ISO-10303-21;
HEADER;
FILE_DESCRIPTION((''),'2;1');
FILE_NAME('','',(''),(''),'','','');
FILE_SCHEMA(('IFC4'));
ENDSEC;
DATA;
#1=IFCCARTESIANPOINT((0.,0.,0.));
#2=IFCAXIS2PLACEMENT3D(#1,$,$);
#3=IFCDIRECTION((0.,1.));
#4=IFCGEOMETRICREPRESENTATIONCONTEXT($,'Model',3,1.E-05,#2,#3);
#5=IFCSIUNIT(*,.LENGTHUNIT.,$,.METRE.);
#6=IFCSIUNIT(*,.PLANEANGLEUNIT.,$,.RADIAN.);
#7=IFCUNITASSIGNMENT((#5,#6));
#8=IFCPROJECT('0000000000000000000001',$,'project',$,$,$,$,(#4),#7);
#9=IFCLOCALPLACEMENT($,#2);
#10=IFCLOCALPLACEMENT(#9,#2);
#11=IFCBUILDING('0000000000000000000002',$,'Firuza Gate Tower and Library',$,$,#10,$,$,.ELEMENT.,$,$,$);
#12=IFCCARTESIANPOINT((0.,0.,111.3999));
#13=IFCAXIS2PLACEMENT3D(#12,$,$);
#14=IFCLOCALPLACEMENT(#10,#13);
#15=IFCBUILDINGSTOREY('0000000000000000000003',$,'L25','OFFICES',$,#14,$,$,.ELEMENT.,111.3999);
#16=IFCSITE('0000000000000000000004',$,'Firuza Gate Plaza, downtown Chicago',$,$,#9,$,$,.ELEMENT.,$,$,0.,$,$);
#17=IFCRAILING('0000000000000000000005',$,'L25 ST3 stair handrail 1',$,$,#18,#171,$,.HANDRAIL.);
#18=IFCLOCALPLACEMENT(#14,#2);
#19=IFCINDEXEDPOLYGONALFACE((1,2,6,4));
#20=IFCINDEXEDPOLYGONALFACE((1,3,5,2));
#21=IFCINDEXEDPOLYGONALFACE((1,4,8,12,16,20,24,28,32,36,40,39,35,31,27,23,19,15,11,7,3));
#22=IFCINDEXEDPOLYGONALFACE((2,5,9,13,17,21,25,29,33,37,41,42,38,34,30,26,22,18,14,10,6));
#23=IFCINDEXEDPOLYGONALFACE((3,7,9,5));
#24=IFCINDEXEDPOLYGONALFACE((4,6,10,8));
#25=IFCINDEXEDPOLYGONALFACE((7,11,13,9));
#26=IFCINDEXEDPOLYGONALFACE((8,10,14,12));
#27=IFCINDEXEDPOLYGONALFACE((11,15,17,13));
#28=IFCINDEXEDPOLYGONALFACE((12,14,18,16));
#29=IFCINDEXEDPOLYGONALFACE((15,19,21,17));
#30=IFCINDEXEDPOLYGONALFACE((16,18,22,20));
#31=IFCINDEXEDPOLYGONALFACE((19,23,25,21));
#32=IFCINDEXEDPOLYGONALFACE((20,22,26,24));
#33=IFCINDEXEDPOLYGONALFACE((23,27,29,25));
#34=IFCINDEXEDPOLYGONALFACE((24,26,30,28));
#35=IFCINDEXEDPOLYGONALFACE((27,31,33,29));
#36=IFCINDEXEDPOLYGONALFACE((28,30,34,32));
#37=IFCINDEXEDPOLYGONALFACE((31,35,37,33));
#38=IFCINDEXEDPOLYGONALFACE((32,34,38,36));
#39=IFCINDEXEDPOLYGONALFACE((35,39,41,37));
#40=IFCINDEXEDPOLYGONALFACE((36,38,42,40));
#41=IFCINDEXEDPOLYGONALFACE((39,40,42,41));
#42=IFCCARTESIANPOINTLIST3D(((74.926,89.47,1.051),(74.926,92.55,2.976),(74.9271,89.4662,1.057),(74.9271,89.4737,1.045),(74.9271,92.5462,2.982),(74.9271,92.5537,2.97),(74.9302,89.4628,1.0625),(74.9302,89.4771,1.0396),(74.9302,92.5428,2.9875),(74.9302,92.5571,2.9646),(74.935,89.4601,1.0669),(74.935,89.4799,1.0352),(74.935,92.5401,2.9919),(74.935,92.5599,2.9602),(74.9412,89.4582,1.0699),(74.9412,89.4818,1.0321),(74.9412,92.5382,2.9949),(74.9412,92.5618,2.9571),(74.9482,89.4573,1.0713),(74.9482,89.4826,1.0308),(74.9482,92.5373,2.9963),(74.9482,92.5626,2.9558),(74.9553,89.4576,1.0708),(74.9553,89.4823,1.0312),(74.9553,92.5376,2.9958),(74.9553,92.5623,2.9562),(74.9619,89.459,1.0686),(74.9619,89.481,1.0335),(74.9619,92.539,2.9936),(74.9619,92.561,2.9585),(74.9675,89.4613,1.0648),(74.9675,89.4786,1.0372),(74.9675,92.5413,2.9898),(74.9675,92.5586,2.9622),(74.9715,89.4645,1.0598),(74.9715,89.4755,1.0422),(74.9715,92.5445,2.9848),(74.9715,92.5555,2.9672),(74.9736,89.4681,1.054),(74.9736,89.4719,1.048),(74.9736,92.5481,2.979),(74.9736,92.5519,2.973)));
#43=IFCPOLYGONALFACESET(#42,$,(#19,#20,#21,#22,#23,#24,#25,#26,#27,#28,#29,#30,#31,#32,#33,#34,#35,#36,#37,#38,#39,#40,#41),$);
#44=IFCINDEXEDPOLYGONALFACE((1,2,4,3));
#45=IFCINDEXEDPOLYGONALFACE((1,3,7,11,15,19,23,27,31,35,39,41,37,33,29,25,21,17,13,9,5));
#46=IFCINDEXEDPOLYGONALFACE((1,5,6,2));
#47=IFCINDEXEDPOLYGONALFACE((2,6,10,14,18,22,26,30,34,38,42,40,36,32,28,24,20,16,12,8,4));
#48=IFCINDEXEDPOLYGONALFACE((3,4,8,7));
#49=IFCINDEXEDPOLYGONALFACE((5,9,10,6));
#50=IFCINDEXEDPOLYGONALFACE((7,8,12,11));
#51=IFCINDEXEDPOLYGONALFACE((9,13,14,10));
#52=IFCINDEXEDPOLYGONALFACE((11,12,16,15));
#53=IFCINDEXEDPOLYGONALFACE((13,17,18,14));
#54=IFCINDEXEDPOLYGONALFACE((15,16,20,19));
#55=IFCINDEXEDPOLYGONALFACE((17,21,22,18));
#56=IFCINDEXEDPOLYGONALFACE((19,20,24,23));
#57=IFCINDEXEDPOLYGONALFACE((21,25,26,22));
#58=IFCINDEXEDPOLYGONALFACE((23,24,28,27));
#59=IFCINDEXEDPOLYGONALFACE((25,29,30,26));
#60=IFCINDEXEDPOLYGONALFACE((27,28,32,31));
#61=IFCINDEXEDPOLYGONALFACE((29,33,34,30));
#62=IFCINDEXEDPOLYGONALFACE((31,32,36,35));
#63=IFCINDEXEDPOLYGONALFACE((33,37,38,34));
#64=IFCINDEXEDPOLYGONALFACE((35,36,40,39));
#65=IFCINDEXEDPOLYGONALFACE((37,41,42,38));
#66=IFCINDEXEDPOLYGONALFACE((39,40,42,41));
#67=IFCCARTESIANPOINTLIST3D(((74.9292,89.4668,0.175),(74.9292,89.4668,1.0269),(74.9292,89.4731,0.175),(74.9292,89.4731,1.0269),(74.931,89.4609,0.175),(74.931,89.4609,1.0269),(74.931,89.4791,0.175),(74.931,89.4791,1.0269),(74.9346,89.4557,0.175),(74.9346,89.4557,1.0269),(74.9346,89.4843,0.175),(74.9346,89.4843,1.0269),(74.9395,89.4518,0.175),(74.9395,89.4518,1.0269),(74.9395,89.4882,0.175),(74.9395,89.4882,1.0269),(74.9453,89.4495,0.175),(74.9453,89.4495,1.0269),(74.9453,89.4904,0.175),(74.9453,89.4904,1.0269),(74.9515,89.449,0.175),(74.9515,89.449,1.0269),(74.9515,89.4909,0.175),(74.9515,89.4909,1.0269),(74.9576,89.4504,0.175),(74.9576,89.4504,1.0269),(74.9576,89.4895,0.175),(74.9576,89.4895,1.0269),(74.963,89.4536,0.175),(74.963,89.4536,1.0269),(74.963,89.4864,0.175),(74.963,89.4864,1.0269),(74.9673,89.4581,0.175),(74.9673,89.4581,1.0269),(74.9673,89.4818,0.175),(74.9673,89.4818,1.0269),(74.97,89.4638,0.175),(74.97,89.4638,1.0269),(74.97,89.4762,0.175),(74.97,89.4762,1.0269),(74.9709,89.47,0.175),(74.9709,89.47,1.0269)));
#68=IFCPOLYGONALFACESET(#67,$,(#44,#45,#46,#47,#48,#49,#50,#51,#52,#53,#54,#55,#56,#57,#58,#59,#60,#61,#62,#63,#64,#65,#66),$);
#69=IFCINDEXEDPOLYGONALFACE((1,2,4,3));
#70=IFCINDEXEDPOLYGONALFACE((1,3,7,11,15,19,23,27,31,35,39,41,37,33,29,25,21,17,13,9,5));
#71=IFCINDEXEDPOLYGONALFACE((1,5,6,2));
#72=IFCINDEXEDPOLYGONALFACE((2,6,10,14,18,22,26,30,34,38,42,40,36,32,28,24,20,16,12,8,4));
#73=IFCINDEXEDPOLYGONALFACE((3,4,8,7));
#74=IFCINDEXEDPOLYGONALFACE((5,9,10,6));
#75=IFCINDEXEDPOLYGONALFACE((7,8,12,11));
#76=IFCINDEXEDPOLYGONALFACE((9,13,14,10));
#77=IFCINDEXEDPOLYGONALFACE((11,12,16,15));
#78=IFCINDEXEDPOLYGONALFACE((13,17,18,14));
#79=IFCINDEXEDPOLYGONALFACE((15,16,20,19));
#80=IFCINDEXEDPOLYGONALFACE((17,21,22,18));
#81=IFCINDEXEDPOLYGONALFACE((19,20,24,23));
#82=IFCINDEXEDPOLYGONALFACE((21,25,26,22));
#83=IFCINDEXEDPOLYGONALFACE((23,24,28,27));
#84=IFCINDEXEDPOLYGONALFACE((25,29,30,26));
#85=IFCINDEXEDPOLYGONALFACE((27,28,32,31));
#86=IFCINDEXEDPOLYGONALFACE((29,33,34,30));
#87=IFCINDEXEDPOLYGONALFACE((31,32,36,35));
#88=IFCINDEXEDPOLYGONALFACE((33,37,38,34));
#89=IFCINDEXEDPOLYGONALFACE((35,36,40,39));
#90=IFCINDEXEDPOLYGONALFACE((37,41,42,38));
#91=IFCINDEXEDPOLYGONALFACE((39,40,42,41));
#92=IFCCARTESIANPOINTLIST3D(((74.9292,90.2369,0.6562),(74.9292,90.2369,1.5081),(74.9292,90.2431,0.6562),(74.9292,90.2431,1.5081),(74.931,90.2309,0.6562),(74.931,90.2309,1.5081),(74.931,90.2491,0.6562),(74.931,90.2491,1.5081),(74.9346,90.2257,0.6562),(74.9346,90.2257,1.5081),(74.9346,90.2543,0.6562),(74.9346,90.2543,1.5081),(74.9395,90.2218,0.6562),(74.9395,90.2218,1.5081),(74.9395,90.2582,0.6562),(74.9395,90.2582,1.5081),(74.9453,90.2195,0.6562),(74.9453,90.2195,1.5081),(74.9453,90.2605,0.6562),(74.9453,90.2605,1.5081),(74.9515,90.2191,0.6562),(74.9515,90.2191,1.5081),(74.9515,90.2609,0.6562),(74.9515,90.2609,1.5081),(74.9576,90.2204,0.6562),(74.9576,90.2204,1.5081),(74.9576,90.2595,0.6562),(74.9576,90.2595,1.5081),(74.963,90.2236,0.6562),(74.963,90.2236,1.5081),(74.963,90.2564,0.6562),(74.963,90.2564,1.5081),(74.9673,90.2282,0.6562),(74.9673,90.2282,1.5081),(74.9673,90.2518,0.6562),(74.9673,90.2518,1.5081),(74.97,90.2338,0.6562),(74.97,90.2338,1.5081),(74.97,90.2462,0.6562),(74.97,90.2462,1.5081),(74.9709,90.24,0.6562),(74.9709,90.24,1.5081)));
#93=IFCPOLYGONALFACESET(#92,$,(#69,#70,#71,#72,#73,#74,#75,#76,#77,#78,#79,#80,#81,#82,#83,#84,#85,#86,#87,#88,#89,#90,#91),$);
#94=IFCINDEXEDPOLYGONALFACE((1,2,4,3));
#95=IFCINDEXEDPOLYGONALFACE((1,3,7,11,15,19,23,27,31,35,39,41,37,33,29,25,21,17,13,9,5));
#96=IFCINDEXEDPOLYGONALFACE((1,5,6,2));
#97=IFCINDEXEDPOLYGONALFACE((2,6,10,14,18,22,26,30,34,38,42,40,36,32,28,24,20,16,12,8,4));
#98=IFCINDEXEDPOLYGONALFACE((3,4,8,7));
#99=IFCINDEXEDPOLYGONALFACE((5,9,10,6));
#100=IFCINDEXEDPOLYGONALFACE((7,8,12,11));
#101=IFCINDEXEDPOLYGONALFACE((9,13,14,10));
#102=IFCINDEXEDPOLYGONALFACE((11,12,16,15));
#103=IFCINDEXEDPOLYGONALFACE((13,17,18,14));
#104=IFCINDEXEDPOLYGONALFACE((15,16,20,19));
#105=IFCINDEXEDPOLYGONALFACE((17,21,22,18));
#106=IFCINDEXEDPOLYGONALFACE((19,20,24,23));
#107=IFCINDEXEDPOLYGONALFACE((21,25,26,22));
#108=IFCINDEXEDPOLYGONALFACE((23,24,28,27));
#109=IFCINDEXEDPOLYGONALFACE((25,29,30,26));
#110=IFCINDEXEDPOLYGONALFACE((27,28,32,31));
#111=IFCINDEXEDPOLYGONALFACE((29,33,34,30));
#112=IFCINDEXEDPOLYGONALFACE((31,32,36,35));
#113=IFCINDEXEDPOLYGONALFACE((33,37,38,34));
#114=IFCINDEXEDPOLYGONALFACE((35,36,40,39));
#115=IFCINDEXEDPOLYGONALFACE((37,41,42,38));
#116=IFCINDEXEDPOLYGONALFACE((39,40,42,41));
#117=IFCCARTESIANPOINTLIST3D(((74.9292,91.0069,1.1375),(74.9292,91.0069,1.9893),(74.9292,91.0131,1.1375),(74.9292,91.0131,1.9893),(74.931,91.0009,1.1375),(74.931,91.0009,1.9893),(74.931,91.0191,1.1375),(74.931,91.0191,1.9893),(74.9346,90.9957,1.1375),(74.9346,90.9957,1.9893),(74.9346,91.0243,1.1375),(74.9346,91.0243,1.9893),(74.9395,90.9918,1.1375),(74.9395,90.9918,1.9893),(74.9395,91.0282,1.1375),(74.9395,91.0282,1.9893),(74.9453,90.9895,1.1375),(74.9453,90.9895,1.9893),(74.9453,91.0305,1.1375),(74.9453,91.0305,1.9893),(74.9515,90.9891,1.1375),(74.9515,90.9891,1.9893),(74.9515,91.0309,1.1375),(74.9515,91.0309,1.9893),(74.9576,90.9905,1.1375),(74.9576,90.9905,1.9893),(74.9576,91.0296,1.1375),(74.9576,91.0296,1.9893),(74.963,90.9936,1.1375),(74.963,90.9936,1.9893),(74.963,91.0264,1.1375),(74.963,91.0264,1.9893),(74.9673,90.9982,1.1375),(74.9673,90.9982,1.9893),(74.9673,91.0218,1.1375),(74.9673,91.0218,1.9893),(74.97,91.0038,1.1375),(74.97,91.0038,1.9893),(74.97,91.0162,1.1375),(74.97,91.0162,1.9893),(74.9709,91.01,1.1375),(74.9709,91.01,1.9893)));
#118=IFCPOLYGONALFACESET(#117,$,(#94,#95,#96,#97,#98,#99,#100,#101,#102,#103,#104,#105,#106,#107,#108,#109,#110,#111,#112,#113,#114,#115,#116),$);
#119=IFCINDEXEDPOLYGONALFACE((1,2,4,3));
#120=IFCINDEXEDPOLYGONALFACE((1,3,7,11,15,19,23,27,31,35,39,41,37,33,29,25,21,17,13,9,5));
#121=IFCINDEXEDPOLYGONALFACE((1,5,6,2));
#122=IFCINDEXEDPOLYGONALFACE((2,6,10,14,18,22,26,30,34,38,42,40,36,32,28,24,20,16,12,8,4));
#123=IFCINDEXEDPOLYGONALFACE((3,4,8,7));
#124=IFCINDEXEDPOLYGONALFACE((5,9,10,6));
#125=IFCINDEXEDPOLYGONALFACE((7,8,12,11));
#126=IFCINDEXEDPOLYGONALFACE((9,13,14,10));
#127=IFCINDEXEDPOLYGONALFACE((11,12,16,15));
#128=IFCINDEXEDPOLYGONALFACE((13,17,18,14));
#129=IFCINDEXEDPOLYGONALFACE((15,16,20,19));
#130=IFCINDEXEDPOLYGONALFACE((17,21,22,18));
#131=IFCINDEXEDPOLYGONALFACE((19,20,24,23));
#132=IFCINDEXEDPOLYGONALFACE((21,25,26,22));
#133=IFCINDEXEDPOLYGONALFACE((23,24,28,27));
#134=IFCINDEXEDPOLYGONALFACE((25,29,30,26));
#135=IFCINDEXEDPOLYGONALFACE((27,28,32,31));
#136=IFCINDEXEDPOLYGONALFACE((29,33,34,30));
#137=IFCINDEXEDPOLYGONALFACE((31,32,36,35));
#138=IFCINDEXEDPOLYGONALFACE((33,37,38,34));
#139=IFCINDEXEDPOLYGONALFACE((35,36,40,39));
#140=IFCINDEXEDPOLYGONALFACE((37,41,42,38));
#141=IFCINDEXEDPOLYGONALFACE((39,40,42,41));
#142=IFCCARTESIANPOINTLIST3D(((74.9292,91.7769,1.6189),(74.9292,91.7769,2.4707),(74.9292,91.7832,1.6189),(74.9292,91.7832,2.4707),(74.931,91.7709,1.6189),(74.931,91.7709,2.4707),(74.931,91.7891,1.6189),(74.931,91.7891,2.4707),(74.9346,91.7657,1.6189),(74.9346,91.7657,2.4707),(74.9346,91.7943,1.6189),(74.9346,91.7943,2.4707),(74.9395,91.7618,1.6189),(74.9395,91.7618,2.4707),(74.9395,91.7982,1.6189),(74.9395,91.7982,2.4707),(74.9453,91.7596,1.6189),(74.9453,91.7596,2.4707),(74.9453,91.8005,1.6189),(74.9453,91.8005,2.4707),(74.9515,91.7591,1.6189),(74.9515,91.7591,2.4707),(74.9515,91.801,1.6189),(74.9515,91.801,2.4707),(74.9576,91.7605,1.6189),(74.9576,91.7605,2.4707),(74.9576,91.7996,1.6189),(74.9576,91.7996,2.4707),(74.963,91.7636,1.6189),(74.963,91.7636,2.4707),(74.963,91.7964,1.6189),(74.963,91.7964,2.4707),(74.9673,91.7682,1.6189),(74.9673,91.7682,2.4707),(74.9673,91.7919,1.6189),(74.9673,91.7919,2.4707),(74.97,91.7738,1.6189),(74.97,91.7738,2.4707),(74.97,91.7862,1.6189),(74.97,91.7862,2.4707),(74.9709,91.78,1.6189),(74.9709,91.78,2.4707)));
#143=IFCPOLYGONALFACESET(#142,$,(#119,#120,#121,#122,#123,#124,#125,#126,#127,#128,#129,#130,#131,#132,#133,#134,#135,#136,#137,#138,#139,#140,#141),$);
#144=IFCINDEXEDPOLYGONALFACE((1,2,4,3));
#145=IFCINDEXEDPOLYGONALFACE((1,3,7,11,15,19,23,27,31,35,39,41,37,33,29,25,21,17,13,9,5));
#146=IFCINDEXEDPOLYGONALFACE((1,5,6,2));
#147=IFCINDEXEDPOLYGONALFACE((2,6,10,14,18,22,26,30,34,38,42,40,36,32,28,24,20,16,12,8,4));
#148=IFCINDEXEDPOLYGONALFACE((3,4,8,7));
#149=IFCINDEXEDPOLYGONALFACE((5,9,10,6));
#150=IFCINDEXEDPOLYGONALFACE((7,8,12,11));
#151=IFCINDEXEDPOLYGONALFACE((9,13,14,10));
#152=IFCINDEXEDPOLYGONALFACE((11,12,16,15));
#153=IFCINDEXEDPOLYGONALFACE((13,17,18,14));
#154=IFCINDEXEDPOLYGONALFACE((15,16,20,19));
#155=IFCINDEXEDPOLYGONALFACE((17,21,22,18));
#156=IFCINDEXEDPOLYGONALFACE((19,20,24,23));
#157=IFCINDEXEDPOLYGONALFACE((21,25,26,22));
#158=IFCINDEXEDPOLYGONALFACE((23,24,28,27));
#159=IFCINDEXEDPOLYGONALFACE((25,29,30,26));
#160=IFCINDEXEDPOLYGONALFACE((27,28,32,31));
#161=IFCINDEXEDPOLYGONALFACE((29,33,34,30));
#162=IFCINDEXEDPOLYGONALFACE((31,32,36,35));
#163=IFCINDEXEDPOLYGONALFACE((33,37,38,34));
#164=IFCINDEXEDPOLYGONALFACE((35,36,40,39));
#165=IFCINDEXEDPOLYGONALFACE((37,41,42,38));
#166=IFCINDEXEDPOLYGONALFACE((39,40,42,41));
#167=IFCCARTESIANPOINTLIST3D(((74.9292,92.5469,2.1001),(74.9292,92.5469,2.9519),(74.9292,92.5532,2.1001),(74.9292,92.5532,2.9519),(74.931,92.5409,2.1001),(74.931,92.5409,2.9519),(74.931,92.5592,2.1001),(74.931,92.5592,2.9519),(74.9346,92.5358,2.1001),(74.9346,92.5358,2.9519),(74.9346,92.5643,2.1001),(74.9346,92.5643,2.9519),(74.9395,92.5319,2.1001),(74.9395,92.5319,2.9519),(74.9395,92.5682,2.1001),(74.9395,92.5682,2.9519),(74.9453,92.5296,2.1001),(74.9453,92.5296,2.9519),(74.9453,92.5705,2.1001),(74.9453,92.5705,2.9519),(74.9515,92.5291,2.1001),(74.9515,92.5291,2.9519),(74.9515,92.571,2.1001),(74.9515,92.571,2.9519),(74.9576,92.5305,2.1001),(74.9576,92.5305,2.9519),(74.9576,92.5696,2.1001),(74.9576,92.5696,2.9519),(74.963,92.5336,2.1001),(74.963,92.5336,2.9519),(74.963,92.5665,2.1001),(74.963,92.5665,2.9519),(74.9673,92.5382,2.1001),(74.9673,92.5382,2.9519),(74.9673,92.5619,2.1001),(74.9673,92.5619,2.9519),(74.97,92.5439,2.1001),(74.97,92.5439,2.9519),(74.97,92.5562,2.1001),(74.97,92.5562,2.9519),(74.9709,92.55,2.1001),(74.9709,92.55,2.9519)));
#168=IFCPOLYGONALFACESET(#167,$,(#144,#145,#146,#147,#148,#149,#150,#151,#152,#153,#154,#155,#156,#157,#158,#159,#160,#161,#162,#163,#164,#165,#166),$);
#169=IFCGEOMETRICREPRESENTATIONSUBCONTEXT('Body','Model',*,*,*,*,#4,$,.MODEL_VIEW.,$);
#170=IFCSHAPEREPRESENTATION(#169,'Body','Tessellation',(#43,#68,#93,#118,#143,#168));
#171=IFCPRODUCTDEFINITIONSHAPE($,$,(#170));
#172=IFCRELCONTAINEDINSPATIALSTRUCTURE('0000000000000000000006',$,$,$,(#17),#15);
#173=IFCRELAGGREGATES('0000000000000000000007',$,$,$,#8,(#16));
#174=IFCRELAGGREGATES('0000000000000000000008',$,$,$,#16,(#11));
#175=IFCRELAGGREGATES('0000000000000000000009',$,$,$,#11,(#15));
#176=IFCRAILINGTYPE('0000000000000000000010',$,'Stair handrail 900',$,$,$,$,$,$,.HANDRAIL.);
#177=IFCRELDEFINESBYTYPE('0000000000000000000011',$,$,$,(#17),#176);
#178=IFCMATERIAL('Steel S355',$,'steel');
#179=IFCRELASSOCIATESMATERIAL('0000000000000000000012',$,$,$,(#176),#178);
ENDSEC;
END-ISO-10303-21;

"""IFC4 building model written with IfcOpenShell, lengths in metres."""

from ifc_helpers import new_model, si_unit, direction, frame, origin, origin_2d, place, context, subcontext, project, spatial, circle, extrude, material, type_object, element, save


model = new_model("IFC4")

# Units and contexts
model_context = context("Model", 3, precision=1e-05, world=origin(), true_north=direction((0.0, 1.0)))
body_context = subcontext(model_context, "Body", "Model", "MODEL_VIEW")
ifc_project = project(units=[si_unit("LENGTHUNIT", "METRE"), si_unit("PLANEANGLEUNIT", "RADIAN")], contexts=[model_context])

# Site, building, storey
site_placement = place(None, origin())
site = spatial("IfcSite", under=ifc_project, at=site_placement, Name="Firuza Gate Plaza, downtown Chicago", CompositionType="ELEMENT", RefElevation=0.0)
building_placement = place(site_placement, origin())
building = spatial("IfcBuilding", under=site, at=building_placement, Name="Firuza Gate Tower and Library", CompositionType="ELEMENT")
storey_placement = place(building_placement, frame((0.0, 0.0, 111.3999)))
storey = spatial("IfcBuildingStorey", under=building, at=storey_placement, Name="L25", Description="OFFICES", CompositionType="ELEMENT", Elevation=111.3999)

# Railing
ifc_material_1 = material(Name="Steel S355", Category="steel")
railing_type_1 = type_object("IfcRailingType", Name="Stair handrail 900", PredefinedType="HANDRAIL", material=ifc_material_1)
railing_1_placement = place(storey_placement, frame((74.95, 89.47, 0.175)))
element("IfcRailing", 1, at=railing_1_placement, inside=storey, type_object=railing_type_1, Name="L25 ST3 stair handrail 1", PredefinedType="HANDRAIL", context=body_context, shape_type="SweptSolid", body=[
    extrude(circle(Radius=0.0239, at=origin_2d()), frame((0.0, 0.0, 0.876), z_axis=(0.0, 0.847998, 0.529999), x_axis=(-1.0, 0.0, 0.0)), (0.0, 0.0, 1.0), 3.6321),
    extrude(circle(Radius=0.021, at=origin_2d()), origin(), (0.0, 0.0, 1.0), 0.8518),
    extrude(circle(Radius=0.021, at=origin_2d()), frame((0.0, 0.77, 0.4812)), (0.0, 0.0, 1.0), 0.8518),
    extrude(circle(Radius=0.021, at=origin_2d()), frame((0.0, 1.54, 0.9624)), (0.0, 0.0, 1.0), 0.8518),
    extrude(circle(Radius=0.021, at=origin_2d()), frame((0.0, 2.3101, 1.4438)), (0.0, 0.0, 1.0), 0.8518),
    extrude(circle(Radius=0.021, at=origin_2d()), frame((0.0, 3.0801, 1.925)), (0.0, 0.0, 1.0), 0.8518),
])

save(model, "model.ifc")
